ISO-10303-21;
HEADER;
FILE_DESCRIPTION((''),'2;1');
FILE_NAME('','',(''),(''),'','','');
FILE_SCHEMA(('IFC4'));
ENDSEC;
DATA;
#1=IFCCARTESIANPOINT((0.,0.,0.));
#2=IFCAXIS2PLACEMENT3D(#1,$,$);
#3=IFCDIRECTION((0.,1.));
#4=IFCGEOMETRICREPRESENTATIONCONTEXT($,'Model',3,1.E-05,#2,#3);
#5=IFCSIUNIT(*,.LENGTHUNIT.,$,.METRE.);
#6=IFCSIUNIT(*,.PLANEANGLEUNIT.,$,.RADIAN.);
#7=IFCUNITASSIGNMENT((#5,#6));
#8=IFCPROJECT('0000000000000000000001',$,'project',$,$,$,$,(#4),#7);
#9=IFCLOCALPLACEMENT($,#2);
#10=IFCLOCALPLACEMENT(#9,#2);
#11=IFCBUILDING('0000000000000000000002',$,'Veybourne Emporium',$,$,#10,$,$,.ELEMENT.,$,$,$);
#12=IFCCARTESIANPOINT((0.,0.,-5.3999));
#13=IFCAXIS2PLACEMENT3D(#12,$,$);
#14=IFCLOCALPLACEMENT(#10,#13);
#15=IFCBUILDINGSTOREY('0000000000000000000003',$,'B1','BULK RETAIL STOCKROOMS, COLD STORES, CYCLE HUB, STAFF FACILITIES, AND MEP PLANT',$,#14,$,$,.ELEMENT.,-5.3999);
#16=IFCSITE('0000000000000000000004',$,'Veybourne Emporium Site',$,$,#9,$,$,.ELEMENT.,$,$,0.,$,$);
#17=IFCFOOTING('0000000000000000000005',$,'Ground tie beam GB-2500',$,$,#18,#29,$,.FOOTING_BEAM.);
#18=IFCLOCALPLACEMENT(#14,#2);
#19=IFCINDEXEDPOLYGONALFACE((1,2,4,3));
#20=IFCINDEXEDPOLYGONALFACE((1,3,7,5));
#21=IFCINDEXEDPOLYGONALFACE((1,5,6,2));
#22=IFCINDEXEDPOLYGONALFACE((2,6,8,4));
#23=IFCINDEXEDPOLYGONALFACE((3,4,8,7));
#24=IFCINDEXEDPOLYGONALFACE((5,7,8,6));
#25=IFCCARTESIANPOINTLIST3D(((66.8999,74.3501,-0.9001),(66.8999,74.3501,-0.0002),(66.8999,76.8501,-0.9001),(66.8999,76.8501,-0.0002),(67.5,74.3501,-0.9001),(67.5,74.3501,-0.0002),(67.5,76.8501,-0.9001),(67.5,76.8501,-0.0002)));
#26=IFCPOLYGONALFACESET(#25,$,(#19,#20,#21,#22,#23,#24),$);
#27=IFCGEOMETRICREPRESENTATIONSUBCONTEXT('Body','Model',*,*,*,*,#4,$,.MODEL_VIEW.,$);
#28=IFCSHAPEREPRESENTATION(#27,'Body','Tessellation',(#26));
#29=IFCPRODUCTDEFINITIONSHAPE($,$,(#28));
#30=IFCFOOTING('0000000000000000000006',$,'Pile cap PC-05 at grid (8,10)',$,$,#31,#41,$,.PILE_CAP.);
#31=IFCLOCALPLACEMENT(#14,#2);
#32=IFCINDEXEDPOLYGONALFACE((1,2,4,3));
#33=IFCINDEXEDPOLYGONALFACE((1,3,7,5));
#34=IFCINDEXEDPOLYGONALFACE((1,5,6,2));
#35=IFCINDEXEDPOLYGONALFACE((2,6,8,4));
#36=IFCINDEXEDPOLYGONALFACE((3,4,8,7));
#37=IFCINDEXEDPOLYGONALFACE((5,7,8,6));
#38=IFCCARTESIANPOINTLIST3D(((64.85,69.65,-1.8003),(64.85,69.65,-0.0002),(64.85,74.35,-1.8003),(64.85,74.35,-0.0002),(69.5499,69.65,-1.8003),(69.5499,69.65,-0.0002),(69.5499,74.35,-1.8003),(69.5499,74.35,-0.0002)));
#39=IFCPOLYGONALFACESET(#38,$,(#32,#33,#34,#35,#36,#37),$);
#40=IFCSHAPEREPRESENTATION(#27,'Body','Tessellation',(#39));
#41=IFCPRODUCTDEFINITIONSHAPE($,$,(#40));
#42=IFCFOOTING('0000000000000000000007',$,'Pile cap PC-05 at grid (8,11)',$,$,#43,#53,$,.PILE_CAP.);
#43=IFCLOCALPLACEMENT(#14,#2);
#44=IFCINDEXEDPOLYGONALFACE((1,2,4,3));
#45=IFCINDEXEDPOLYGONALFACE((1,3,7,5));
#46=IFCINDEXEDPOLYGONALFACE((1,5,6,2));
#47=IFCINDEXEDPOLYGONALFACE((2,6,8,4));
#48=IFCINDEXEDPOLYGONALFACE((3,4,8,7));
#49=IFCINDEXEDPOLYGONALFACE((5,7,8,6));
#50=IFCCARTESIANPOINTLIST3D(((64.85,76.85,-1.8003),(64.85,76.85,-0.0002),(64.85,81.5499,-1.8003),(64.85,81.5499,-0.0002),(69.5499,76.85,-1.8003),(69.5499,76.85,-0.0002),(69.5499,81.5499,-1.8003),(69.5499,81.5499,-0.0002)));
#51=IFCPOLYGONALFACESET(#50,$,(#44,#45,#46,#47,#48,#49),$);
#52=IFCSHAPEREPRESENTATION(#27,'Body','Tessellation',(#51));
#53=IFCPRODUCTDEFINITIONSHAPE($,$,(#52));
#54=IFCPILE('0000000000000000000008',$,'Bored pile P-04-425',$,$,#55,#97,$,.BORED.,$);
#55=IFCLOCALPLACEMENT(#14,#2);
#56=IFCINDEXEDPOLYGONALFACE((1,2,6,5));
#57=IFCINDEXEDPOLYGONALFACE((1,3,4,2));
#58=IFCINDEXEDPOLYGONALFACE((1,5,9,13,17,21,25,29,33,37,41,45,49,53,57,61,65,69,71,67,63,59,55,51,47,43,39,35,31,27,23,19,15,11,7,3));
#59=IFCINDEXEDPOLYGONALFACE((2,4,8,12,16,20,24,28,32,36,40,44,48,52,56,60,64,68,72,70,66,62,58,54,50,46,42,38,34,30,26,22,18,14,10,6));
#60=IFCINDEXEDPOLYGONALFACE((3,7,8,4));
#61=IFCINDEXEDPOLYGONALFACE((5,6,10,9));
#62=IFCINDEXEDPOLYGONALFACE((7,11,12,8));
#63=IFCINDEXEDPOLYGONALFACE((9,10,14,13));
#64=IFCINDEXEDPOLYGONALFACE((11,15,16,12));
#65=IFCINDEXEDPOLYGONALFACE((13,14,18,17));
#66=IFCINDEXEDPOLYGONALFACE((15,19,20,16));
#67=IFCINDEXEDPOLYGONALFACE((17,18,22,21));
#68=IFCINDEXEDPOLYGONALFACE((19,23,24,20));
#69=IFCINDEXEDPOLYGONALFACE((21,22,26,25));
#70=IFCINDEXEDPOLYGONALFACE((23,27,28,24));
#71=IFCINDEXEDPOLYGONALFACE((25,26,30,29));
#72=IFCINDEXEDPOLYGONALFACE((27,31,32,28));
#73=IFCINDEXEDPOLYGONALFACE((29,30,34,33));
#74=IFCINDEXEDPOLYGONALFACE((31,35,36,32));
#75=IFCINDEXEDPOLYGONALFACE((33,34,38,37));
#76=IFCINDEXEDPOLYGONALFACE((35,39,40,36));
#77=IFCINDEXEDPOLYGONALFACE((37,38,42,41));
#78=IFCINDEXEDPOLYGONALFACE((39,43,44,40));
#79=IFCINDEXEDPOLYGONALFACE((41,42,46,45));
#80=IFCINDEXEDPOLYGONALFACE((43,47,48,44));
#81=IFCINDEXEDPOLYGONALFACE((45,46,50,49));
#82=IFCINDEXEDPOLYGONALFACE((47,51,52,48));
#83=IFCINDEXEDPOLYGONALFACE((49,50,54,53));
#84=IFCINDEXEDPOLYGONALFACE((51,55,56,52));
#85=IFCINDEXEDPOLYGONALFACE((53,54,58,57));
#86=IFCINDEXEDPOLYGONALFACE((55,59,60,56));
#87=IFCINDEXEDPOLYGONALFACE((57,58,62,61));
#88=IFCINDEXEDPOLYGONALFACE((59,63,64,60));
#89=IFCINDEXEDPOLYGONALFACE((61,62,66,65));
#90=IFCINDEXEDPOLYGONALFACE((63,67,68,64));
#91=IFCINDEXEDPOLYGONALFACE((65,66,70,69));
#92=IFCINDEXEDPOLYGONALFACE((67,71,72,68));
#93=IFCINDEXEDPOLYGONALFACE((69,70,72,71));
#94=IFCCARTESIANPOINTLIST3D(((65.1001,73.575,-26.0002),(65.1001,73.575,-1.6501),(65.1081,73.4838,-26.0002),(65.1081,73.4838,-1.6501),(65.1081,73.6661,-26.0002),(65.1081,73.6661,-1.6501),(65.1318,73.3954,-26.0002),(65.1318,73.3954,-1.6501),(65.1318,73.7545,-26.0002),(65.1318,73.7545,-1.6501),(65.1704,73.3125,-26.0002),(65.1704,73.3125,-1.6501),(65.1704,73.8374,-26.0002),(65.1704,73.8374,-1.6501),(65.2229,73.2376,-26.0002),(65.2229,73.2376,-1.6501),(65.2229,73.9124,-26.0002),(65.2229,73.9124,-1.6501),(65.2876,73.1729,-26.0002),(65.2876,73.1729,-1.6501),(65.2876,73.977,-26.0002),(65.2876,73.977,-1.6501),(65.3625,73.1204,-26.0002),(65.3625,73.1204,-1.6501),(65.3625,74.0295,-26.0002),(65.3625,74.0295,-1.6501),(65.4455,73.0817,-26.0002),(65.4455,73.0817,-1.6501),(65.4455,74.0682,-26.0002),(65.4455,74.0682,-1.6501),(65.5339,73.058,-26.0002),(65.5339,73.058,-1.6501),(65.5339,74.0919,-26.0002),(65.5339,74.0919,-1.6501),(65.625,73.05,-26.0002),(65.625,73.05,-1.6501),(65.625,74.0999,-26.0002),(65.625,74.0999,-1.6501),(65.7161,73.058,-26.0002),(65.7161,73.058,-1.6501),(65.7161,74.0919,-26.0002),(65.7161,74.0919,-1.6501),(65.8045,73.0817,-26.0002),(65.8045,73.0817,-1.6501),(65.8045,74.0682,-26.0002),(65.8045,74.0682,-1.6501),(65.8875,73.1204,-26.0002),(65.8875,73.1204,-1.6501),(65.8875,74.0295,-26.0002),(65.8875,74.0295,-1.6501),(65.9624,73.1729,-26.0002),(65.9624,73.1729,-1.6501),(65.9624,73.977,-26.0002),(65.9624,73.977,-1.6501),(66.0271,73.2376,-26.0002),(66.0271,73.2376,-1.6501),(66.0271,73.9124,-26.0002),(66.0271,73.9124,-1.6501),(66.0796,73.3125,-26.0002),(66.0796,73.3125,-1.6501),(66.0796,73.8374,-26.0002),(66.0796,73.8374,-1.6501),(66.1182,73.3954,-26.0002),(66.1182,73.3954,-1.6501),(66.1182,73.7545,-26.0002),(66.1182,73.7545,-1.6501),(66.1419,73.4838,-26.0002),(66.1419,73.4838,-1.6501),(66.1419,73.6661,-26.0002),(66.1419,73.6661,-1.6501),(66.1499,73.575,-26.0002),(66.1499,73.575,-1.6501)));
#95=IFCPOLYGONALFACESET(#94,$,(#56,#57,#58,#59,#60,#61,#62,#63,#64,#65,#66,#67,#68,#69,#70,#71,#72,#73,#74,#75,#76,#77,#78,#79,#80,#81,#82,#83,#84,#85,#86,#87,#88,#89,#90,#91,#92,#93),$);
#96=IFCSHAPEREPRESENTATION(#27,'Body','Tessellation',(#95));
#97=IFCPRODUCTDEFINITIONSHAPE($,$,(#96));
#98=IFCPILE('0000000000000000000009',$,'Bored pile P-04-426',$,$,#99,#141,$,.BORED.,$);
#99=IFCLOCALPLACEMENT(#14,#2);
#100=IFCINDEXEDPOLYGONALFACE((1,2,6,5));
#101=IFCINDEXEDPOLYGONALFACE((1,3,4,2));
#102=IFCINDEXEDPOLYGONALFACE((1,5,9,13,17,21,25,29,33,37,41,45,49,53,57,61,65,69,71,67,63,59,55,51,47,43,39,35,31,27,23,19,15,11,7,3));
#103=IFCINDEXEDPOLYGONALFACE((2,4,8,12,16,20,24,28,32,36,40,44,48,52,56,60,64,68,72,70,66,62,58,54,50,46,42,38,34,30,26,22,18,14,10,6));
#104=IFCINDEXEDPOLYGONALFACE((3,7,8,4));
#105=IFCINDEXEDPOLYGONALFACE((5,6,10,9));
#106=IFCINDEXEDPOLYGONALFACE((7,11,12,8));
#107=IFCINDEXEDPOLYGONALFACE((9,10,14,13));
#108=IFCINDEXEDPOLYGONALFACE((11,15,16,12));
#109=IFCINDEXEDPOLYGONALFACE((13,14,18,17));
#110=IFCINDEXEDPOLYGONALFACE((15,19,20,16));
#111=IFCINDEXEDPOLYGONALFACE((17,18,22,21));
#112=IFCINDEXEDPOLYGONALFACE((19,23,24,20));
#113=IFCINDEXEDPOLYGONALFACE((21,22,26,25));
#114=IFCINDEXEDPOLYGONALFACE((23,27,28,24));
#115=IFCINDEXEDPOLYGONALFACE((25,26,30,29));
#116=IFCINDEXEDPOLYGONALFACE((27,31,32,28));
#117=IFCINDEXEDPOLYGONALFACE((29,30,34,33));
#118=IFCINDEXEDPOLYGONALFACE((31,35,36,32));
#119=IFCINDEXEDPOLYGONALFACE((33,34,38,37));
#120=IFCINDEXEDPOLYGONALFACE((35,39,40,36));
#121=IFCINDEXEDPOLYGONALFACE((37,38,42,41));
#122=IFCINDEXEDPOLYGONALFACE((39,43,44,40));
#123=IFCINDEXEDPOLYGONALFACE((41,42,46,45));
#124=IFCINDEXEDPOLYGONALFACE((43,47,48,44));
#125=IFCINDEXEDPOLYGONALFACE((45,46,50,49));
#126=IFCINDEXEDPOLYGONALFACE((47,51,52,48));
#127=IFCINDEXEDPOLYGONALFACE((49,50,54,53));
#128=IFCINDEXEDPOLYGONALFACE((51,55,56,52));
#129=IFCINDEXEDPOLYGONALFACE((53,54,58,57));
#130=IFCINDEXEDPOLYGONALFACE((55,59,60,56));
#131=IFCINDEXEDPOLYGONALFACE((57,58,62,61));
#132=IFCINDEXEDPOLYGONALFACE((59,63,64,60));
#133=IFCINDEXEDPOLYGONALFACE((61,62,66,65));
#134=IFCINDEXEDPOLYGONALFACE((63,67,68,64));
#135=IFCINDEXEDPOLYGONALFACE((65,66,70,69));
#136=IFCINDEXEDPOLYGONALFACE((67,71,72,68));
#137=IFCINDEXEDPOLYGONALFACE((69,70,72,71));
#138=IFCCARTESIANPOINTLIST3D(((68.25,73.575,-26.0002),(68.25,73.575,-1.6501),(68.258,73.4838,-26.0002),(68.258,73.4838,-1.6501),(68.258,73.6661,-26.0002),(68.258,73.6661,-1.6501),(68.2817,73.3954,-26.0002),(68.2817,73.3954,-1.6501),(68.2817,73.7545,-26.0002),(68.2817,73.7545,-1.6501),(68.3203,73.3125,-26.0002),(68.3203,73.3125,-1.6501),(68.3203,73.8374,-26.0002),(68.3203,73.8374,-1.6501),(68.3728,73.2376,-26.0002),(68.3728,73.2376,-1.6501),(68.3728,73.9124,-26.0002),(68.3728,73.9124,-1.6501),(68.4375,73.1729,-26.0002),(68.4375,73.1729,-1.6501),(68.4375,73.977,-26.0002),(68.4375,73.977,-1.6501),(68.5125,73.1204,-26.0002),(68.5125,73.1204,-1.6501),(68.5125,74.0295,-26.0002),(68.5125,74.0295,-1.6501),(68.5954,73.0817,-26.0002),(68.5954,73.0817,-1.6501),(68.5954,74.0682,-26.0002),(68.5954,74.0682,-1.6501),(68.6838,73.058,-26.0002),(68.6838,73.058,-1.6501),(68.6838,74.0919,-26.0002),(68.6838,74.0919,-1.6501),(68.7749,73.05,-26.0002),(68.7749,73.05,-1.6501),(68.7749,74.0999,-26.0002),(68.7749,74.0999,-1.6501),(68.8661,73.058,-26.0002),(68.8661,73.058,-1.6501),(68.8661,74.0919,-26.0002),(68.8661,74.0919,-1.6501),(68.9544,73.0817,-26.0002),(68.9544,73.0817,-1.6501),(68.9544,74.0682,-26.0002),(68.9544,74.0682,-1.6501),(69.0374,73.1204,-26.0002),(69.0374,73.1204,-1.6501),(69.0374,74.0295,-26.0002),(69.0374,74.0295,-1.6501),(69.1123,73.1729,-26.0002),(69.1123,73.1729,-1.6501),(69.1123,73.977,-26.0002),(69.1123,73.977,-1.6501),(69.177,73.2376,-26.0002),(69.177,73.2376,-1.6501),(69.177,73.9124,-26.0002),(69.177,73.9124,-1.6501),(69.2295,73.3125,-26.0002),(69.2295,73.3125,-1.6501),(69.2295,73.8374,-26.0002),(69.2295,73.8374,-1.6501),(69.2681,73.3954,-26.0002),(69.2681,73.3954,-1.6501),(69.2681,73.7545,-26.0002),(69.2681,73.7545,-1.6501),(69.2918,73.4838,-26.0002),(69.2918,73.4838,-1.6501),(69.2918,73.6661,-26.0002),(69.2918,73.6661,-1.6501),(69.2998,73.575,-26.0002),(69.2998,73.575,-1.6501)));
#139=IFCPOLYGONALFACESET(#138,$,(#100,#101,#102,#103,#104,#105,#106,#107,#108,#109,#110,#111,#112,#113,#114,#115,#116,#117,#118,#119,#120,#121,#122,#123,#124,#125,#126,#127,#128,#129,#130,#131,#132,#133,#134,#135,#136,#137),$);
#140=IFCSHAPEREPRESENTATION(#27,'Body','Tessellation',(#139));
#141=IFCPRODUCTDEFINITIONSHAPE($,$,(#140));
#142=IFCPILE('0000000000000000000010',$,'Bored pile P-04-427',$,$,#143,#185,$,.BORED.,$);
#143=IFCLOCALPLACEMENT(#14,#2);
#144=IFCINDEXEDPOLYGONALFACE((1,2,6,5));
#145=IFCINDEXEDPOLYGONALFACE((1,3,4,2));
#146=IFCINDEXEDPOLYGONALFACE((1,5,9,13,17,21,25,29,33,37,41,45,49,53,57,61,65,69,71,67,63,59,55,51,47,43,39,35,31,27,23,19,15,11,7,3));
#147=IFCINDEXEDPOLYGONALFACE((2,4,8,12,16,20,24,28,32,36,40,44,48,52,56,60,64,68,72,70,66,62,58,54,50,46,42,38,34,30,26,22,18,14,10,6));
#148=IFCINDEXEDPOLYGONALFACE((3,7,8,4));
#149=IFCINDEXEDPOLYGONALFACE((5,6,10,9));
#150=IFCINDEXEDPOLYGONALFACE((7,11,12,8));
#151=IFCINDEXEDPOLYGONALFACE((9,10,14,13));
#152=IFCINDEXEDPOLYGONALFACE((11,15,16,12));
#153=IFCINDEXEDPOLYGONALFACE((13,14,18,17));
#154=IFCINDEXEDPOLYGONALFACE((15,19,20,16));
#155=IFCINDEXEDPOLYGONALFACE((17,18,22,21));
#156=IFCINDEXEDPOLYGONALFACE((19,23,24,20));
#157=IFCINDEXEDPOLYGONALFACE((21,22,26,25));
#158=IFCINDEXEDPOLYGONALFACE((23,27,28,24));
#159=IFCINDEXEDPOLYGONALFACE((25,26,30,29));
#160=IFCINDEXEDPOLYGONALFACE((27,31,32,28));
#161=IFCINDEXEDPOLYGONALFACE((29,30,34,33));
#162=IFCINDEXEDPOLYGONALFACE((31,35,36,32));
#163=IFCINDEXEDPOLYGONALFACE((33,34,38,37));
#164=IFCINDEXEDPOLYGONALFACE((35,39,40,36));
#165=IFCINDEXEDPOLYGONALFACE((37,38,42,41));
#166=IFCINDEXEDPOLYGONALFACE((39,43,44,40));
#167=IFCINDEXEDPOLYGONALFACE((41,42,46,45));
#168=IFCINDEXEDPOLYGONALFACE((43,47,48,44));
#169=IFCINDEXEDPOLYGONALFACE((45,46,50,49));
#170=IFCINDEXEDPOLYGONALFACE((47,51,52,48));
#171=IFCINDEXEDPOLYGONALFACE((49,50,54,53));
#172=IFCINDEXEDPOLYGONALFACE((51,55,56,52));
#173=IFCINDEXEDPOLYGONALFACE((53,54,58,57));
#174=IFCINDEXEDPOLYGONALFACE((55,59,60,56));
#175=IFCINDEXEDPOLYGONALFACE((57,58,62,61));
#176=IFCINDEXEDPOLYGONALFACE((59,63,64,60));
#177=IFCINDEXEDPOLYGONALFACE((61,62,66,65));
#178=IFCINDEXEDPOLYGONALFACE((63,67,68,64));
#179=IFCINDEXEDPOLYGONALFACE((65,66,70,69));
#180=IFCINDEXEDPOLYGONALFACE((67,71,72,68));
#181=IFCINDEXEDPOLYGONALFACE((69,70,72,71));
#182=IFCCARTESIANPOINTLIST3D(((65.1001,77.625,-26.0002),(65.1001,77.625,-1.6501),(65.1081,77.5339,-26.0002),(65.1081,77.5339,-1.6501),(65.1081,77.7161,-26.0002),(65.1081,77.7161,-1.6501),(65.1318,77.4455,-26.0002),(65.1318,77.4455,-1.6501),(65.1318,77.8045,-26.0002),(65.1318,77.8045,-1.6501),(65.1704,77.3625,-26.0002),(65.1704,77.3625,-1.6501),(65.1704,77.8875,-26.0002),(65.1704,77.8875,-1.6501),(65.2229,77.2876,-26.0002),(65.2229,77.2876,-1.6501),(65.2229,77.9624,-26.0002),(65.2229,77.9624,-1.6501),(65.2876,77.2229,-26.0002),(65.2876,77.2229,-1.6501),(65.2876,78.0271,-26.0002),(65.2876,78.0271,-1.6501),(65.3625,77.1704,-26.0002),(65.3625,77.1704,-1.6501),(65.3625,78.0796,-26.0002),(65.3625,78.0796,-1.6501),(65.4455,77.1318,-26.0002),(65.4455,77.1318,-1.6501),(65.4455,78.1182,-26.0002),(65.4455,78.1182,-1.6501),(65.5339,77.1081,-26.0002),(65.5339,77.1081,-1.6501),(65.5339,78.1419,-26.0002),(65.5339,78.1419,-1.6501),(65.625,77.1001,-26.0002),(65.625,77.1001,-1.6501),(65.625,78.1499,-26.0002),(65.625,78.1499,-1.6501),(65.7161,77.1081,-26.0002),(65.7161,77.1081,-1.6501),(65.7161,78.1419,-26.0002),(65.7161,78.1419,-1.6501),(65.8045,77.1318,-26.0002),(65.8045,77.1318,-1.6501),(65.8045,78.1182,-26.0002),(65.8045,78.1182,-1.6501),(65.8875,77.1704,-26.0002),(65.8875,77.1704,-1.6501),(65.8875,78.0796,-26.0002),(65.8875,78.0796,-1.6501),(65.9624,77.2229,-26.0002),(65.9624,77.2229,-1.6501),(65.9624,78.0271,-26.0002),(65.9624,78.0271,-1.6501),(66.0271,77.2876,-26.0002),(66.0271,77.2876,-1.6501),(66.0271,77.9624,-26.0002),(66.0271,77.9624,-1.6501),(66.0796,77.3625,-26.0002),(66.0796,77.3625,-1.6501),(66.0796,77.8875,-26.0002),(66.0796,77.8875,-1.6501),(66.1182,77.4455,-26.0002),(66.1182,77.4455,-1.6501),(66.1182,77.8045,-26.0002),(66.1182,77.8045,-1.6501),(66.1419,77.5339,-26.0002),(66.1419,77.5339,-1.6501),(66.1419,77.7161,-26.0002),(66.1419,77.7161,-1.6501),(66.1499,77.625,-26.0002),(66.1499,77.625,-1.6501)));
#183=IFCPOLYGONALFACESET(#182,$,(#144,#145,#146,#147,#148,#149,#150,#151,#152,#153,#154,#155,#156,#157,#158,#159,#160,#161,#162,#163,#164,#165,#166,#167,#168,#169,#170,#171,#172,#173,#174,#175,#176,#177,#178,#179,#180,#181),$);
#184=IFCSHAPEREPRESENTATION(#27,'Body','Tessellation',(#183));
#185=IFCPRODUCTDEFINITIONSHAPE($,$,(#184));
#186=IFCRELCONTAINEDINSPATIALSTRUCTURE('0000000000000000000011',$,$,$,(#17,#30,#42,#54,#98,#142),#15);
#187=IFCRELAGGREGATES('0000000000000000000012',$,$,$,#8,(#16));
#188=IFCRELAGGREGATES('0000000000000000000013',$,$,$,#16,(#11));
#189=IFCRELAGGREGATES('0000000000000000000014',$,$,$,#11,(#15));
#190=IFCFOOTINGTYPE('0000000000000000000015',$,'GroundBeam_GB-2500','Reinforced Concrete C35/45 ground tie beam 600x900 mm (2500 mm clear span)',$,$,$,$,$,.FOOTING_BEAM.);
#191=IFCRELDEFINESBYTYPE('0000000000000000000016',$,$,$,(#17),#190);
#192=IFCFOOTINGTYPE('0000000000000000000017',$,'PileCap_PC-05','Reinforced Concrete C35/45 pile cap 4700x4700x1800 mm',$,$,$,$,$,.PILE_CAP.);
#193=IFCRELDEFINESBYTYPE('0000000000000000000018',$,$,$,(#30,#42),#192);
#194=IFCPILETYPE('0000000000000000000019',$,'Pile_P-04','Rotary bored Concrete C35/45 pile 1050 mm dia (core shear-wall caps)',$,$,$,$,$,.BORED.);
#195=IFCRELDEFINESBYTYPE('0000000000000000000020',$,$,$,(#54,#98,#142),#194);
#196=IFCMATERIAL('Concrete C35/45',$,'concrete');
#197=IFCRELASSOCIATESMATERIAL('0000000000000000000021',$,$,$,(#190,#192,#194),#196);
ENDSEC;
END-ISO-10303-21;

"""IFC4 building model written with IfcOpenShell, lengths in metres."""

from ifc_helpers import new_model, si_unit, direction, frame, origin, origin_2d, place, context, subcontext, project, spatial, rectangle, circle, extrude, material, material_profile, profile_set, type_object, element, save


model = new_model("IFC4")

# Units and contexts
model_context = context("Model", 3, precision=1e-05, world=origin(), true_north=direction((0.0, 1.0)))
body_context = subcontext(model_context, "Body", "Model", "MODEL_VIEW")
ifc_project = project(units=[si_unit("LENGTHUNIT", "METRE"), si_unit("PLANEANGLEUNIT", "RADIAN")], contexts=[model_context])

# Site, building, storey
site_placement = place(None, origin())
site = spatial("IfcSite", under=ifc_project, at=site_placement, Name="Veybourne Emporium Site", CompositionType="ELEMENT", RefElevation=0.0)
building_placement = place(site_placement, origin())
building = spatial("IfcBuilding", under=site, at=building_placement, Name="Veybourne Emporium", CompositionType="ELEMENT")
storey_placement = place(building_placement, frame((0.0, 0.0, -5.3999)))
storey = spatial("IfcBuildingStorey", under=building, at=storey_placement, Name="B1", Description="BULK RETAIL STOCKROOMS, COLD STORES, CYCLE HUB, STAFF FACILITIES, AND MEP PLANT", CompositionType="ELEMENT", Elevation=-5.3999)

# Footings
ifc_material_1 = material(Name="Concrete C35/45", Category="concrete")
footing_type_1 = type_object("IfcFootingType", Name="GroundBeam_GB-2500", Description="Reinforced Concrete C35/45 ground tie beam 600x900 mm (2500 mm clear span)", PredefinedType="FOOTING_BEAM", material=ifc_material_1)
footing_placement = place(storey_placement, frame((67.2, 75.6001, -0.9001), z_axis=(0.0, 0.0, 1.0), x_axis=(0.0, 1.0, 0.0)))
element("IfcFooting", 1, at=footing_placement, inside=storey, type_object=footing_type_1, Name="Ground tie beam GB-2500", PredefinedType="FOOTING_BEAM", context=body_context, shape_type="SweptSolid", body=[
    extrude(rectangle(XDim=2.5, YDim=0.6001, at=origin_2d()), origin(), (0.0, 0.0, 1.0), 0.8999),
])
footing_type_2 = type_object("IfcFootingType", Name="PileCap_PC-05", Description="Reinforced Concrete C35/45 pile cap 4700x4700x1800 mm", PredefinedType="PILE_CAP", material=ifc_material_1)
for number, where, z_axis, x_axis, name in (
    (2, (67.2, 72.0, -1.8003), (0.0, 0.0, 1.0), (1.0, 0.0, 0.0), "Pile cap PC-05 at grid (8,10)"),
    (3, (67.2, 79.2, -1.8003), (0.0, 0.0, 1.0), (1.0, 0.0, 0.0), "Pile cap PC-05 at grid (8,11)"),
):
    element("IfcFooting", number, at=place(storey_placement, frame(where, z_axis=z_axis, x_axis=x_axis)), inside=storey, type_object=footing_type_2, Name=name, PredefinedType="PILE_CAP", context=body_context, shape_type="SweptSolid", body=[
        extrude(rectangle(XDim=4.7, YDim=4.7, at=origin_2d()), origin(), (0.0, 0.0, 1.0), 1.8),
    ])

# Piles
ifc_material_profile_1 = material_profile(ifc_material_1, circle(Radius=0.5249, at=origin_2d()), Name="BORED PILE 1050")
ifc_profile_set_1 = profile_set([ifc_material_profile_1], Name="Concrete C35/45")
pile_type = type_object("IfcPileType", Name="Pile_P-04", Description="Rotary bored Concrete C35/45 pile 1050 mm dia (core shear-wall caps)", PredefinedType="BORED", material=ifc_profile_set_1)
for number, where, z_axis, x_axis, name in (
    (4, (65.625, 73.575, -1.6501), (0.0, 0.0, -1.0), (1.0, 0.0, 0.0), "Bored pile P-04-425"),
    (5, (68.7749, 73.575, -1.6501), (0.0, 0.0, -1.0), (1.0, 0.0, 0.0), "Bored pile P-04-426"),
    (6, (65.625, 77.625, -1.6501), (0.0, 0.0, -1.0), (1.0, 0.0, 0.0), "Bored pile P-04-427"),
):
    element("IfcPile", number, at=place(storey_placement, frame(where, z_axis=z_axis, x_axis=x_axis)), inside=storey, type_object=pile_type, Name=name, PredefinedType="BORED", context=body_context, shape_type="SweptSolid", body=[
        extrude(circle(Radius=0.5249, at=origin_2d()), origin(), (0.0, 0.0, 1.0), 24.3501),
    ])

save(model, "model.ifc")
